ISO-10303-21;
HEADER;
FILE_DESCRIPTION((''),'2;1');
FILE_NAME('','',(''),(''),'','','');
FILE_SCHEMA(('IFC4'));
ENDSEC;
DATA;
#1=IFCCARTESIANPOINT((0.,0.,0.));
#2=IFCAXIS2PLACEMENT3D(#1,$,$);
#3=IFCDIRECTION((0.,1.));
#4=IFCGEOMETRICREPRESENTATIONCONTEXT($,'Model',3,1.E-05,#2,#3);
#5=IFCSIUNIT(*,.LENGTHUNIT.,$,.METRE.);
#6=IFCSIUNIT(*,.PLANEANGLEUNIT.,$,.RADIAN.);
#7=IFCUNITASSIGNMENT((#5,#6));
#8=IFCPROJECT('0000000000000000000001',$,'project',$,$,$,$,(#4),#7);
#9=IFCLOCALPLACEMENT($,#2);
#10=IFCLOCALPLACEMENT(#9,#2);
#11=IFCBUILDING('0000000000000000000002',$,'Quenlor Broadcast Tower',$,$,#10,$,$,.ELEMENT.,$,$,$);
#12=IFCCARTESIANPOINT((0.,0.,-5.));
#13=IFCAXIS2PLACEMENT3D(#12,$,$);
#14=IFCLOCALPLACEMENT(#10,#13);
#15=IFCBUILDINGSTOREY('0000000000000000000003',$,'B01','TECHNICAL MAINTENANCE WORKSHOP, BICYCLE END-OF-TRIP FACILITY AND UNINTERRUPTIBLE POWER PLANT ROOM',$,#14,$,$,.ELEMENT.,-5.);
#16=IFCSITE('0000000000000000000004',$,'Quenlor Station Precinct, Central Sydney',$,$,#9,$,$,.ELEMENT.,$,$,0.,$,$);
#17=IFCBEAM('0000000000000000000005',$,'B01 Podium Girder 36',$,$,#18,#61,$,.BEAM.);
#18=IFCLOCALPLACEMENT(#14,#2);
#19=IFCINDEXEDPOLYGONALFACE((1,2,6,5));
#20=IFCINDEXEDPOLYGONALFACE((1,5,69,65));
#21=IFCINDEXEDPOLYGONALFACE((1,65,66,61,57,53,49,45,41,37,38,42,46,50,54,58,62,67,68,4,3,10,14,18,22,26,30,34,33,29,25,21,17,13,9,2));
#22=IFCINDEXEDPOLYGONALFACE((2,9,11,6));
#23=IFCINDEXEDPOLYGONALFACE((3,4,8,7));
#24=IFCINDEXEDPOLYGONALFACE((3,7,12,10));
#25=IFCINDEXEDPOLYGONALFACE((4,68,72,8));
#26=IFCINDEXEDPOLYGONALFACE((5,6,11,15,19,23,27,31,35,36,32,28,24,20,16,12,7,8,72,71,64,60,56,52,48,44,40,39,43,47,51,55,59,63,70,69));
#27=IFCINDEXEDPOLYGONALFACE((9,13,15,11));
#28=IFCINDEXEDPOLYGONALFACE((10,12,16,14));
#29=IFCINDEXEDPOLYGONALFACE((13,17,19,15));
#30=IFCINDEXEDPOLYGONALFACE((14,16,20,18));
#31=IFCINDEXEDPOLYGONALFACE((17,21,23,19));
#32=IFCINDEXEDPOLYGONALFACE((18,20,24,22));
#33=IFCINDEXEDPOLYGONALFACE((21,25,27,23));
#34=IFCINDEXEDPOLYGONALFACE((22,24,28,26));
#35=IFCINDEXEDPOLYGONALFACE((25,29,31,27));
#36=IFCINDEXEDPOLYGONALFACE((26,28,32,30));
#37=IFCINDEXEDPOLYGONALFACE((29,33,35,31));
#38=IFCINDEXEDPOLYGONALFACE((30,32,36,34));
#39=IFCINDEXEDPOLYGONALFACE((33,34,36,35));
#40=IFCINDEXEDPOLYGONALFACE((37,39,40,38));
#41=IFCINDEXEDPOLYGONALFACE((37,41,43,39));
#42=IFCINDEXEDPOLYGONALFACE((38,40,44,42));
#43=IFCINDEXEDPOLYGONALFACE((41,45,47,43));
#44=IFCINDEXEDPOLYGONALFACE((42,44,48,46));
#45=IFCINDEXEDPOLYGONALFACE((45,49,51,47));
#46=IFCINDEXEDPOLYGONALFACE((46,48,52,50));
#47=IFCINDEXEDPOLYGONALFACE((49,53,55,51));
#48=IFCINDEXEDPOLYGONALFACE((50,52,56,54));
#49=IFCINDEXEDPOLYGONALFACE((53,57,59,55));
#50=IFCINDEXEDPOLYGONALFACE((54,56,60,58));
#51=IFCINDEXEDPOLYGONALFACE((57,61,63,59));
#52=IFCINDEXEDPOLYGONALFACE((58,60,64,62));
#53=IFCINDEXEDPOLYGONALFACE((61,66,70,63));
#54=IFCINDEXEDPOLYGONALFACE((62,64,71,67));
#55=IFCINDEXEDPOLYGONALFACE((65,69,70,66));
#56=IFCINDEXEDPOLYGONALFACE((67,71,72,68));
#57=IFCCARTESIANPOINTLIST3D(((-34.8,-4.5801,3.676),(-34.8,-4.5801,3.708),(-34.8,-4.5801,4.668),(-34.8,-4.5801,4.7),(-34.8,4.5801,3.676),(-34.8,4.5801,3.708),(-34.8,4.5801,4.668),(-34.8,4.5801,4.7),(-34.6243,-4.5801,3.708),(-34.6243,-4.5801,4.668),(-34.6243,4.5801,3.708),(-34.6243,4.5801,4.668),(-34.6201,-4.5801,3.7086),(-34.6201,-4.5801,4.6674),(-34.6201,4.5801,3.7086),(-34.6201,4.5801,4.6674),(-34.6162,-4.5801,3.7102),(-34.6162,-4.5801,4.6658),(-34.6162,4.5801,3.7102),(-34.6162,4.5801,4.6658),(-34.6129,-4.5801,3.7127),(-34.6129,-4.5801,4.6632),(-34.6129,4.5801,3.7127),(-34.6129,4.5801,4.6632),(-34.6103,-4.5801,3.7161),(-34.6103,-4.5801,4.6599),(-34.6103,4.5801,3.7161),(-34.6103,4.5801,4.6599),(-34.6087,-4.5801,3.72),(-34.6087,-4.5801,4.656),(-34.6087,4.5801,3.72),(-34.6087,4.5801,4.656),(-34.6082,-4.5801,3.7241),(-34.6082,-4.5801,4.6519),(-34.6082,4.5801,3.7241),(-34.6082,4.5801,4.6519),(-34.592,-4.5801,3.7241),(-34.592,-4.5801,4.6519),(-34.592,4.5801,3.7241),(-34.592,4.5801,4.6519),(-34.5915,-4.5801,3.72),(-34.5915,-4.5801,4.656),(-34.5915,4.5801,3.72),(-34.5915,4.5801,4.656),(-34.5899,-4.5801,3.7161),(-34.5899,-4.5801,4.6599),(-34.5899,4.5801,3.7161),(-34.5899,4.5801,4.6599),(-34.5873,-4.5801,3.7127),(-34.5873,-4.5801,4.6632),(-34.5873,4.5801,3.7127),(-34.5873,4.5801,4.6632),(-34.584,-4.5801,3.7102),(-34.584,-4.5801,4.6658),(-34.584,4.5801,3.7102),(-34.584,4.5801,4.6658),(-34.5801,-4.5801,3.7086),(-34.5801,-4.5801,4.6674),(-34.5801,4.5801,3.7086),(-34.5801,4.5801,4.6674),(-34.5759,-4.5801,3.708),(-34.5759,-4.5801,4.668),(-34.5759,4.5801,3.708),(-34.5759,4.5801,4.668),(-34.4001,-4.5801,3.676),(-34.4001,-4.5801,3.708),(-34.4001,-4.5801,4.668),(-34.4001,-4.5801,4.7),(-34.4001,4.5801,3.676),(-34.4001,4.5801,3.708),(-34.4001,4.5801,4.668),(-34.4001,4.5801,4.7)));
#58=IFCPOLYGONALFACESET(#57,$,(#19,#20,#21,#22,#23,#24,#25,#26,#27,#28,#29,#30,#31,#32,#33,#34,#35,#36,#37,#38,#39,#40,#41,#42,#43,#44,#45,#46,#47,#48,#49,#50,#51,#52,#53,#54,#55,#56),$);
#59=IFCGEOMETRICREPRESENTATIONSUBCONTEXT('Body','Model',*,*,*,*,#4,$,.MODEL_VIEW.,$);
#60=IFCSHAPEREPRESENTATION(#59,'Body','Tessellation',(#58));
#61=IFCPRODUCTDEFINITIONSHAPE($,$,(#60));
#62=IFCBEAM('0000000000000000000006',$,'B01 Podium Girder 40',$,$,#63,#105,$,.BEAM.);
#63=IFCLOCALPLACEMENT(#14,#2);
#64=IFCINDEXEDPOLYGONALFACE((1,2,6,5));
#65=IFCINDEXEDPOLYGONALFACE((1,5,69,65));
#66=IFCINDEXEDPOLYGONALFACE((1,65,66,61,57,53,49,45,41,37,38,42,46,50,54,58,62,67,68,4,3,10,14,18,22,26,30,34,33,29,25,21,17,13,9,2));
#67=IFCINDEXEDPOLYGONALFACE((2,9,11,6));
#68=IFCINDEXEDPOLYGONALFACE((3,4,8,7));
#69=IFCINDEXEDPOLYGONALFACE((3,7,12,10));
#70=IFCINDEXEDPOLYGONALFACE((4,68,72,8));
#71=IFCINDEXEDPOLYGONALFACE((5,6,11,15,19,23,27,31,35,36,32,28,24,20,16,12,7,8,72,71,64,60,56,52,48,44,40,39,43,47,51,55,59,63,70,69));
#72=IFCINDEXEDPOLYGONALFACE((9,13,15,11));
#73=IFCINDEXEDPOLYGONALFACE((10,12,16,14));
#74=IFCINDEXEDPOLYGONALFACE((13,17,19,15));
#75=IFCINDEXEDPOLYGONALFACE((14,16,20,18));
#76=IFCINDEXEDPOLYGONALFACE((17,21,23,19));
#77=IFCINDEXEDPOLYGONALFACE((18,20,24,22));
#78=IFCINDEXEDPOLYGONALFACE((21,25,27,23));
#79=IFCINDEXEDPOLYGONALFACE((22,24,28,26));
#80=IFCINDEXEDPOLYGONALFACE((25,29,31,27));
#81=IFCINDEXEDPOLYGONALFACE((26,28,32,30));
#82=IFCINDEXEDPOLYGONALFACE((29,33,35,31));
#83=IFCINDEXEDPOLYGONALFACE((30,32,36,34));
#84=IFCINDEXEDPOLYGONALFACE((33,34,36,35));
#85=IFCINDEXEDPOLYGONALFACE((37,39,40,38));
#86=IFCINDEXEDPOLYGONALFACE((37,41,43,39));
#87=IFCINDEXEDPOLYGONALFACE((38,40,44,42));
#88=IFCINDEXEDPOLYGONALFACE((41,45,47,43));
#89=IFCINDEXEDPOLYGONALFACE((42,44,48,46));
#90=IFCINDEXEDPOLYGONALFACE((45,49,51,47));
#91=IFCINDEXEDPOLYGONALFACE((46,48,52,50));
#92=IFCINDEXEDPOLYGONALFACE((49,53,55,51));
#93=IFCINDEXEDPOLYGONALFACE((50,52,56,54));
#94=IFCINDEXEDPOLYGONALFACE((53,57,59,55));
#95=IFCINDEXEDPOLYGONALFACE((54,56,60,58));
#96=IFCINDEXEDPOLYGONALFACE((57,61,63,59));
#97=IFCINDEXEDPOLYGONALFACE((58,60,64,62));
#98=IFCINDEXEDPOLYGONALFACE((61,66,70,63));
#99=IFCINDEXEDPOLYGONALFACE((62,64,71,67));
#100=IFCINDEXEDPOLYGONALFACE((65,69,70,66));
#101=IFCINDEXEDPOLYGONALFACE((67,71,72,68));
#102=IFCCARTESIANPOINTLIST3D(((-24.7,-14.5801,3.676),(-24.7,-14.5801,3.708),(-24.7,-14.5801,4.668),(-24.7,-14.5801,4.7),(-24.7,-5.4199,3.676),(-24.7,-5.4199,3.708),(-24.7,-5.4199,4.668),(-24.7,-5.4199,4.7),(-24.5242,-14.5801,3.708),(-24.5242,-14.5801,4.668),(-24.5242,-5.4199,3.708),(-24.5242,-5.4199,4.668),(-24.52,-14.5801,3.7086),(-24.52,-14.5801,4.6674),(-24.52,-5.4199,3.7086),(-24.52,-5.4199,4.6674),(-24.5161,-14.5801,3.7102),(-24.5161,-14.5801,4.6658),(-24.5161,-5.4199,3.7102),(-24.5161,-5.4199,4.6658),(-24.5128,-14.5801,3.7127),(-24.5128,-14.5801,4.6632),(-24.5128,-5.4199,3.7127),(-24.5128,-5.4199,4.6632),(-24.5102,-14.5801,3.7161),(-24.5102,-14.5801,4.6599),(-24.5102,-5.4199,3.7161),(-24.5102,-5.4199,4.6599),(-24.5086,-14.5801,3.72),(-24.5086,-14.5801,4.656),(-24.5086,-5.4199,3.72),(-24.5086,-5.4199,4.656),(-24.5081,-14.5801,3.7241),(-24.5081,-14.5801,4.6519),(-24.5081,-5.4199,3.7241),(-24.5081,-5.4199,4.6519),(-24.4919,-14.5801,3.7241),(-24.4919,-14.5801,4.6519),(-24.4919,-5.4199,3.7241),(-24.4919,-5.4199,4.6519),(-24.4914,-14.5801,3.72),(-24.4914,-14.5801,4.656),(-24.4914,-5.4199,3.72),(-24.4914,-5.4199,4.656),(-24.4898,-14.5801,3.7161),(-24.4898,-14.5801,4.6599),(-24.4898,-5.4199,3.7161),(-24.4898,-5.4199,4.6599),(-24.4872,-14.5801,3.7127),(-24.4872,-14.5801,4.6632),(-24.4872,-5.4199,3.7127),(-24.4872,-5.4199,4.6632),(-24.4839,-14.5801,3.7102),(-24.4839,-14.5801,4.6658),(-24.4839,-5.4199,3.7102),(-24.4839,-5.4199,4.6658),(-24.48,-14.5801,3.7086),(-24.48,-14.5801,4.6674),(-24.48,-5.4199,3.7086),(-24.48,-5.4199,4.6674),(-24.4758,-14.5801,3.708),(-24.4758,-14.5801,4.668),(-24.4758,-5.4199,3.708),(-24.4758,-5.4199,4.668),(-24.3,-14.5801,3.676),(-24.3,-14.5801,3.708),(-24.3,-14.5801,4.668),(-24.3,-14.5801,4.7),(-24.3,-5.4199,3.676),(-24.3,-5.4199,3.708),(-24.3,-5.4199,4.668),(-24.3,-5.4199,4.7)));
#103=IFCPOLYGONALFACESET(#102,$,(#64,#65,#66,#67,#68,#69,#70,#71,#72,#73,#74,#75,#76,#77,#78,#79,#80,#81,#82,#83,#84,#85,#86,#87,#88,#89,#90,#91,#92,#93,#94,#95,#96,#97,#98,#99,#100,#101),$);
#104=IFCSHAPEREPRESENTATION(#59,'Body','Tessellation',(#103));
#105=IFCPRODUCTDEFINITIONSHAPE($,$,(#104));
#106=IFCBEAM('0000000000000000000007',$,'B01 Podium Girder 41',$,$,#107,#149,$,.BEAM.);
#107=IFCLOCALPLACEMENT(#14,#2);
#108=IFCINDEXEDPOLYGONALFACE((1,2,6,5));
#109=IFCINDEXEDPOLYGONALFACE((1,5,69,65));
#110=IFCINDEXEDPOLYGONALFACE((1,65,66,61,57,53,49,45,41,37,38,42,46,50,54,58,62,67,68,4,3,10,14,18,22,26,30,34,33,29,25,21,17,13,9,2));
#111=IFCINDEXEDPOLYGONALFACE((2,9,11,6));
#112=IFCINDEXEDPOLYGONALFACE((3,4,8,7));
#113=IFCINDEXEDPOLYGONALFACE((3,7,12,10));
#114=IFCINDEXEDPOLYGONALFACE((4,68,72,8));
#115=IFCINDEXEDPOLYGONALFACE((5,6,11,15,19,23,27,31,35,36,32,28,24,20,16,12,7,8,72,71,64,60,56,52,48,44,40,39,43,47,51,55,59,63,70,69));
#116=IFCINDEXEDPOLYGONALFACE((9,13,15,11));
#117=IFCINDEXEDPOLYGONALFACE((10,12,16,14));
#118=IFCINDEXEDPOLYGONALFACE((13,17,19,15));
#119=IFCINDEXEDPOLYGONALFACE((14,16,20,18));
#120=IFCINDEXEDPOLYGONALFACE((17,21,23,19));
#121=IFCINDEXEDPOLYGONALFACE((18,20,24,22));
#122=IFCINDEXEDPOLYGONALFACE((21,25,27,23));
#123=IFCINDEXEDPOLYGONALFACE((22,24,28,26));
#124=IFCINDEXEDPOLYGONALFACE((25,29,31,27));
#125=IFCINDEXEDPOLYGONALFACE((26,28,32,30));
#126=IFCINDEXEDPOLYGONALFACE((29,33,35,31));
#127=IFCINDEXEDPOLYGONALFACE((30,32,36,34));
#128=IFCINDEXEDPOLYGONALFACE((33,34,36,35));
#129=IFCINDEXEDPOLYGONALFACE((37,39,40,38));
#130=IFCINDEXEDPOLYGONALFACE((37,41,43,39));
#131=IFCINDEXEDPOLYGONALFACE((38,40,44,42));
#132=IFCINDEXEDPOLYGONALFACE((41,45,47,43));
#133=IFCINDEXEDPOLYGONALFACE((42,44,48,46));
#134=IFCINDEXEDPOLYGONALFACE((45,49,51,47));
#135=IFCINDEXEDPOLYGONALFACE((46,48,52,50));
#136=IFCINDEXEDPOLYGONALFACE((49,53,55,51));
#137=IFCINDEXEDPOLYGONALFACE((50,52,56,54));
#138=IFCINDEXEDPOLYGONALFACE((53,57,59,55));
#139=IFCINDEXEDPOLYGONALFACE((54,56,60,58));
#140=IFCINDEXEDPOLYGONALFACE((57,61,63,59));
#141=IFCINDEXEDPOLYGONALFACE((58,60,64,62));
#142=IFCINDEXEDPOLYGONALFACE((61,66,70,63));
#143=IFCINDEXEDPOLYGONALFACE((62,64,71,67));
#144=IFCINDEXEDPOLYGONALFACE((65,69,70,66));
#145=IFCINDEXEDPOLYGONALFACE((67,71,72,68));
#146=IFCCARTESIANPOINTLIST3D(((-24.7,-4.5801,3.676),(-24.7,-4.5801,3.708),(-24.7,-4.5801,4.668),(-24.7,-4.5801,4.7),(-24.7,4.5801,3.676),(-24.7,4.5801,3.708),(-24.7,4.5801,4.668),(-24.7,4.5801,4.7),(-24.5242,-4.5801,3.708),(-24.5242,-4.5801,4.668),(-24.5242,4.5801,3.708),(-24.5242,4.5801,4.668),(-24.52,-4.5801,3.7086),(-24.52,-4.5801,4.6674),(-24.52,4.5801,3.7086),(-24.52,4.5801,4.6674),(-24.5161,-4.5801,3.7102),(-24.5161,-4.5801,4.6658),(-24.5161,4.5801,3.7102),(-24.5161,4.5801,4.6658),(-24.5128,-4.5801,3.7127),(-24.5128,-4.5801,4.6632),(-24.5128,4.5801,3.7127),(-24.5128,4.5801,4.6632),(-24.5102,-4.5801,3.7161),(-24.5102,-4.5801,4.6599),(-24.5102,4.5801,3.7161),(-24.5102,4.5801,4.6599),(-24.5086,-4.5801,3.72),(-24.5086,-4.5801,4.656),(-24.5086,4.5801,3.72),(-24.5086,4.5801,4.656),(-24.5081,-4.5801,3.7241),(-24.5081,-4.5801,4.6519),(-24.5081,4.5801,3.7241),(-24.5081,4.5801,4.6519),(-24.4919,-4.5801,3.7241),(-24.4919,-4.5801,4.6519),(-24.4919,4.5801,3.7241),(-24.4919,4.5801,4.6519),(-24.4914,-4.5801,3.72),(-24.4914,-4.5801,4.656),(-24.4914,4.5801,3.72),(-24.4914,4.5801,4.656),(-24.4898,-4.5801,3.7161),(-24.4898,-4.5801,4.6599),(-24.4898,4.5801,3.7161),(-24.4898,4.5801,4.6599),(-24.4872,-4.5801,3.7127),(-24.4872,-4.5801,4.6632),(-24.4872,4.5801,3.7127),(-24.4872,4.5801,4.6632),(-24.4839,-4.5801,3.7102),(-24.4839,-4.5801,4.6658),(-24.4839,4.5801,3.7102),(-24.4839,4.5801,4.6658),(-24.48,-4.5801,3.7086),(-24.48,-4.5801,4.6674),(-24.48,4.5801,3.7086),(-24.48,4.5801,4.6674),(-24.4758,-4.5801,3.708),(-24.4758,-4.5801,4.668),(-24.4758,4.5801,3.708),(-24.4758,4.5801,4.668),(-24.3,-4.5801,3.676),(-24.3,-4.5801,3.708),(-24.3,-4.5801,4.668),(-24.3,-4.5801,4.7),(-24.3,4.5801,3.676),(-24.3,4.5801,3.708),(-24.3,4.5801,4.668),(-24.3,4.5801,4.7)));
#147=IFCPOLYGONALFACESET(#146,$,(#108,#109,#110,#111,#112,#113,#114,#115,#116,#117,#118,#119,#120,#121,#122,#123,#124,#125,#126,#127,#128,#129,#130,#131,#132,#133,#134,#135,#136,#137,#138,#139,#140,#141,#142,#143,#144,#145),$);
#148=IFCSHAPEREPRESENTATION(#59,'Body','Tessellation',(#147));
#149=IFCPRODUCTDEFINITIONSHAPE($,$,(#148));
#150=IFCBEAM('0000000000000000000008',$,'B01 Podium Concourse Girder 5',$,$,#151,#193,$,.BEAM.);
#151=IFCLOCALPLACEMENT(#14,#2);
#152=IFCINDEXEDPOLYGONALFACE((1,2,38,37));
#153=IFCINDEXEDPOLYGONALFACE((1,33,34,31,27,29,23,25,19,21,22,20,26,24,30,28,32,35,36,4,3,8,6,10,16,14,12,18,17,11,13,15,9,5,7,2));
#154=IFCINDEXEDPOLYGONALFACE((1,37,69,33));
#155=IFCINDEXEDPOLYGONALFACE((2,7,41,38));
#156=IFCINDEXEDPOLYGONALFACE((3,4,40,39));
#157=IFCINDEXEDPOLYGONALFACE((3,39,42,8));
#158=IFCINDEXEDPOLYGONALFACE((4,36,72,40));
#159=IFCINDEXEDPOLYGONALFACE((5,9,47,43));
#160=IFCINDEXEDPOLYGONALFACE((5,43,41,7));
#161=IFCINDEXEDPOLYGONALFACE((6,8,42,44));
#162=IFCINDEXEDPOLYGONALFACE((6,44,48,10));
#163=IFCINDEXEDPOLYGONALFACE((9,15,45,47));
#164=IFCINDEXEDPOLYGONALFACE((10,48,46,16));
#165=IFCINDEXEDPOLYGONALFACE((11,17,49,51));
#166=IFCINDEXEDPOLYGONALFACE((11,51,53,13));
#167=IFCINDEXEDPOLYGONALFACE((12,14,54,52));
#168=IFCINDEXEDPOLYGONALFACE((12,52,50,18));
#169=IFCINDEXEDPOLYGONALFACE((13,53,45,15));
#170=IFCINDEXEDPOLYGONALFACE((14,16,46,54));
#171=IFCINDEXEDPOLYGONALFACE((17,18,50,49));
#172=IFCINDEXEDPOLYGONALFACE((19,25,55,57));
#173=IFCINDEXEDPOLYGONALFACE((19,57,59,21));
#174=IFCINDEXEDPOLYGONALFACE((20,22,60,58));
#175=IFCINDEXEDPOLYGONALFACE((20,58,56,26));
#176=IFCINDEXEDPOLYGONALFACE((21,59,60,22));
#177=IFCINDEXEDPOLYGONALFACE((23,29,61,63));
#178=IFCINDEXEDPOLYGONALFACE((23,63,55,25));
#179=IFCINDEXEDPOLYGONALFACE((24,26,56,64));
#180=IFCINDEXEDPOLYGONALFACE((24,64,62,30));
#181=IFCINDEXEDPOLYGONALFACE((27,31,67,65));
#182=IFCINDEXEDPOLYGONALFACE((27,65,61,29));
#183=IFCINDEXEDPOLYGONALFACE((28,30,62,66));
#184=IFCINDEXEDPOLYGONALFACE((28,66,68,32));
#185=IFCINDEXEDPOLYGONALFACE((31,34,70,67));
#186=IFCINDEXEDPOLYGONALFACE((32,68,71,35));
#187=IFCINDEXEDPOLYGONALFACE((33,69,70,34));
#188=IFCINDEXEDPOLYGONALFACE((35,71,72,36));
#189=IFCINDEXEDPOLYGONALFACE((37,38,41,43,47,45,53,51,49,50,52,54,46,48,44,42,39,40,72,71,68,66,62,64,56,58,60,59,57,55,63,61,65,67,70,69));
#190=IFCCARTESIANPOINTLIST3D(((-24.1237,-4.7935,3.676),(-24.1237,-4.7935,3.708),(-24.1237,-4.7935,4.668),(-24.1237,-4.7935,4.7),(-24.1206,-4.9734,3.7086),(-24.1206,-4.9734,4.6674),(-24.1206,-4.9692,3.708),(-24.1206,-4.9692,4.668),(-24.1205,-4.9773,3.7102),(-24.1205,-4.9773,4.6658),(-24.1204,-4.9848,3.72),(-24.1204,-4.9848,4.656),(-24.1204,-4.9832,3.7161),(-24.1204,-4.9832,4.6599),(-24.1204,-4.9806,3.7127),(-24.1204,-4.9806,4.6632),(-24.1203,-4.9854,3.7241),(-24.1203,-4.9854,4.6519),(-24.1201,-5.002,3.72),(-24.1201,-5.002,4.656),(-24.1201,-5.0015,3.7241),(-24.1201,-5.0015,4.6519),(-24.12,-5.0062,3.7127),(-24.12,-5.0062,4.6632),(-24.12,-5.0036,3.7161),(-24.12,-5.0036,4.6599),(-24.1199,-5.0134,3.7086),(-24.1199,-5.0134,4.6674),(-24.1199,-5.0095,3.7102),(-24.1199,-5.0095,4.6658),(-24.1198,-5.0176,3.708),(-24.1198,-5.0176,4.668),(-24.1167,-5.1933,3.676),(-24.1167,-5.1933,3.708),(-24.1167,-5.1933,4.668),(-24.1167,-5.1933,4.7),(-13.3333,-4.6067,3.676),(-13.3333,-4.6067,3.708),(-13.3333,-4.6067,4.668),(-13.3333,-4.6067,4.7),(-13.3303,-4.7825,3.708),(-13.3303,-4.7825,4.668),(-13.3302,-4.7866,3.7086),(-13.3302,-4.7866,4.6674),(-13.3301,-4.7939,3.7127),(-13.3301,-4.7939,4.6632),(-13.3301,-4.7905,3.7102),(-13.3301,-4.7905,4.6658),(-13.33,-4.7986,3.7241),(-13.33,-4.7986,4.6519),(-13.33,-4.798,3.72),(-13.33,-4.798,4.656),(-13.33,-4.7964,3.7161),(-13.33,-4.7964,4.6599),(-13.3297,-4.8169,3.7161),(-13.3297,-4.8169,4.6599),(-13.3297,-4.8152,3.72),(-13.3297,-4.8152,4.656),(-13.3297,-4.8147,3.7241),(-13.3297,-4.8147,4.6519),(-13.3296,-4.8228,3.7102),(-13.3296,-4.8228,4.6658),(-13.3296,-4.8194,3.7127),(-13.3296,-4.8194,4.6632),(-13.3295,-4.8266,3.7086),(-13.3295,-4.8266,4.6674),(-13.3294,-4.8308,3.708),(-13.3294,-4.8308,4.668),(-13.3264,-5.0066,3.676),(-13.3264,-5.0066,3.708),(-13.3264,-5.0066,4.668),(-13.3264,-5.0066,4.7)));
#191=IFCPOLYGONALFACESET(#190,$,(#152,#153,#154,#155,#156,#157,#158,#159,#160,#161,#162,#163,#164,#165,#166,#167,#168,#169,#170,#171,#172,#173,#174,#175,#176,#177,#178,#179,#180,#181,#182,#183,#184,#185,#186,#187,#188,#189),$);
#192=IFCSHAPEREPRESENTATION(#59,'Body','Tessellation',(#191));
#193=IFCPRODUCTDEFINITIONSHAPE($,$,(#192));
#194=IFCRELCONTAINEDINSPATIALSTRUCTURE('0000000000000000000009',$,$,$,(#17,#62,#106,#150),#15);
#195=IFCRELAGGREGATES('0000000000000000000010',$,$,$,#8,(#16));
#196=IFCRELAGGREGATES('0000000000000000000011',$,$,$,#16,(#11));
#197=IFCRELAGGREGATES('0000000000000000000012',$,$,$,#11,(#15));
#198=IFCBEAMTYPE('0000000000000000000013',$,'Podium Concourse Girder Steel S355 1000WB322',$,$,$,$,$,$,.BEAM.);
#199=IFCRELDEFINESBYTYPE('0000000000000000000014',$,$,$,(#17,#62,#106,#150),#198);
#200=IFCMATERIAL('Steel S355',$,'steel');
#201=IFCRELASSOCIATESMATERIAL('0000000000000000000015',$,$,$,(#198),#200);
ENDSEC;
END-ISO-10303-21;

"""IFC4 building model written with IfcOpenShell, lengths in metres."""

from ifc_helpers import new_model, si_unit, direction, frame, origin, origin_2d, place, context, subcontext, project, spatial, i_section, extrude, material, material_profile, profile_set, type_object, element, save


model = new_model("IFC4")

# Units and contexts
model_context = context("Model", 3, precision=1e-05, world=origin(), true_north=direction((0.0, 1.0)))
body_context = subcontext(model_context, "Body", "Model", "MODEL_VIEW")
ifc_project = project(units=[si_unit("LENGTHUNIT", "METRE"), si_unit("PLANEANGLEUNIT", "RADIAN")], contexts=[model_context])

# Site, building, storey
site_placement = place(None, origin())
site = spatial("IfcSite", under=ifc_project, at=site_placement, Name="Quenlor Station Precinct, Central Sydney", CompositionType="ELEMENT", RefElevation=0.0)
building_placement = place(site_placement, origin())
building = spatial("IfcBuilding", under=site, at=building_placement, Name="Quenlor Broadcast Tower", CompositionType="ELEMENT")
storey_placement = place(building_placement, frame((0.0, 0.0, -5.0)))
storey = spatial("IfcBuildingStorey", under=building, at=storey_placement, Name="B01", Description="TECHNICAL MAINTENANCE WORKSHOP, BICYCLE END-OF-TRIP FACILITY AND UNINTERRUPTIBLE POWER PLANT ROOM", CompositionType="ELEMENT", Elevation=-5.0)

# Beams
ifc_material_1 = material(Name="Steel S355", Category="steel")
ifc_material_profile_1 = material_profile(ifc_material_1, i_section(OverallWidth=0.3999, OverallDepth=1.0239, WebThickness=0.0161, FlangeThickness=0.032, FilletRadius=0.0161, at=origin_2d()))
ifc_profile_set_1 = profile_set([ifc_material_profile_1], Name="Steel S355 1000WB322")
beam_type_1 = type_object("IfcBeamType", Name="Podium Concourse Girder Steel S355 1000WB322", PredefinedType="BEAM", material=ifc_profile_set_1)
for number, where, z_axis, x_axis, name in (
    (1, (-34.6001, -4.5801, 4.188), (0.0, 1.0, 0.0), (-1.0, 0.0, 0.0), "B01 Podium Girder 36"),
    (2, (-24.5, -14.5801, 4.188), (0.0, 1.0, 0.0), (-1.0, 0.0, 0.0), "B01 Podium Girder 40"),
    (3, (-24.5, -4.5801, 4.188), (0.0, 1.0, 0.0), (-1.0, 0.0, 0.0), "B01 Podium Girder 41"),
):
    element("IfcBeam", number, at=place(storey_placement, frame(where, z_axis=z_axis, x_axis=x_axis)), inside=storey, type_object=beam_type_1, Name=name, PredefinedType="BEAM", context=body_context, shape_type="SweptSolid", body=[
        extrude(i_section(OverallWidth=0.3999, OverallDepth=1.0239, WebThickness=0.0161, FlangeThickness=0.032, FilletRadius=0.0161, at=origin_2d()), origin(), (0.0, 0.0, 1.0), 9.1602),
    ])
beam_placement = place(storey_placement, frame((-13.3298, -4.8066, 4.188), z_axis=(-0.99985, -0.017306, 0.0), x_axis=(0.017306, -0.99985, 0.0)))
element("IfcBeam", 4, at=beam_placement, inside=storey, type_object=beam_type_1, Name="B01 Podium Concourse Girder 5", PredefinedType="BEAM", context=body_context, shape_type="SweptSolid", body=[
    extrude(i_section(OverallWidth=0.3999, OverallDepth=1.0239, WebThickness=0.0161, FlangeThickness=0.032, FilletRadius=0.0161, at=origin_2d()), origin(), (0.0, 0.0, 1.0), 10.792),
])

save(model, "model.ifc")
